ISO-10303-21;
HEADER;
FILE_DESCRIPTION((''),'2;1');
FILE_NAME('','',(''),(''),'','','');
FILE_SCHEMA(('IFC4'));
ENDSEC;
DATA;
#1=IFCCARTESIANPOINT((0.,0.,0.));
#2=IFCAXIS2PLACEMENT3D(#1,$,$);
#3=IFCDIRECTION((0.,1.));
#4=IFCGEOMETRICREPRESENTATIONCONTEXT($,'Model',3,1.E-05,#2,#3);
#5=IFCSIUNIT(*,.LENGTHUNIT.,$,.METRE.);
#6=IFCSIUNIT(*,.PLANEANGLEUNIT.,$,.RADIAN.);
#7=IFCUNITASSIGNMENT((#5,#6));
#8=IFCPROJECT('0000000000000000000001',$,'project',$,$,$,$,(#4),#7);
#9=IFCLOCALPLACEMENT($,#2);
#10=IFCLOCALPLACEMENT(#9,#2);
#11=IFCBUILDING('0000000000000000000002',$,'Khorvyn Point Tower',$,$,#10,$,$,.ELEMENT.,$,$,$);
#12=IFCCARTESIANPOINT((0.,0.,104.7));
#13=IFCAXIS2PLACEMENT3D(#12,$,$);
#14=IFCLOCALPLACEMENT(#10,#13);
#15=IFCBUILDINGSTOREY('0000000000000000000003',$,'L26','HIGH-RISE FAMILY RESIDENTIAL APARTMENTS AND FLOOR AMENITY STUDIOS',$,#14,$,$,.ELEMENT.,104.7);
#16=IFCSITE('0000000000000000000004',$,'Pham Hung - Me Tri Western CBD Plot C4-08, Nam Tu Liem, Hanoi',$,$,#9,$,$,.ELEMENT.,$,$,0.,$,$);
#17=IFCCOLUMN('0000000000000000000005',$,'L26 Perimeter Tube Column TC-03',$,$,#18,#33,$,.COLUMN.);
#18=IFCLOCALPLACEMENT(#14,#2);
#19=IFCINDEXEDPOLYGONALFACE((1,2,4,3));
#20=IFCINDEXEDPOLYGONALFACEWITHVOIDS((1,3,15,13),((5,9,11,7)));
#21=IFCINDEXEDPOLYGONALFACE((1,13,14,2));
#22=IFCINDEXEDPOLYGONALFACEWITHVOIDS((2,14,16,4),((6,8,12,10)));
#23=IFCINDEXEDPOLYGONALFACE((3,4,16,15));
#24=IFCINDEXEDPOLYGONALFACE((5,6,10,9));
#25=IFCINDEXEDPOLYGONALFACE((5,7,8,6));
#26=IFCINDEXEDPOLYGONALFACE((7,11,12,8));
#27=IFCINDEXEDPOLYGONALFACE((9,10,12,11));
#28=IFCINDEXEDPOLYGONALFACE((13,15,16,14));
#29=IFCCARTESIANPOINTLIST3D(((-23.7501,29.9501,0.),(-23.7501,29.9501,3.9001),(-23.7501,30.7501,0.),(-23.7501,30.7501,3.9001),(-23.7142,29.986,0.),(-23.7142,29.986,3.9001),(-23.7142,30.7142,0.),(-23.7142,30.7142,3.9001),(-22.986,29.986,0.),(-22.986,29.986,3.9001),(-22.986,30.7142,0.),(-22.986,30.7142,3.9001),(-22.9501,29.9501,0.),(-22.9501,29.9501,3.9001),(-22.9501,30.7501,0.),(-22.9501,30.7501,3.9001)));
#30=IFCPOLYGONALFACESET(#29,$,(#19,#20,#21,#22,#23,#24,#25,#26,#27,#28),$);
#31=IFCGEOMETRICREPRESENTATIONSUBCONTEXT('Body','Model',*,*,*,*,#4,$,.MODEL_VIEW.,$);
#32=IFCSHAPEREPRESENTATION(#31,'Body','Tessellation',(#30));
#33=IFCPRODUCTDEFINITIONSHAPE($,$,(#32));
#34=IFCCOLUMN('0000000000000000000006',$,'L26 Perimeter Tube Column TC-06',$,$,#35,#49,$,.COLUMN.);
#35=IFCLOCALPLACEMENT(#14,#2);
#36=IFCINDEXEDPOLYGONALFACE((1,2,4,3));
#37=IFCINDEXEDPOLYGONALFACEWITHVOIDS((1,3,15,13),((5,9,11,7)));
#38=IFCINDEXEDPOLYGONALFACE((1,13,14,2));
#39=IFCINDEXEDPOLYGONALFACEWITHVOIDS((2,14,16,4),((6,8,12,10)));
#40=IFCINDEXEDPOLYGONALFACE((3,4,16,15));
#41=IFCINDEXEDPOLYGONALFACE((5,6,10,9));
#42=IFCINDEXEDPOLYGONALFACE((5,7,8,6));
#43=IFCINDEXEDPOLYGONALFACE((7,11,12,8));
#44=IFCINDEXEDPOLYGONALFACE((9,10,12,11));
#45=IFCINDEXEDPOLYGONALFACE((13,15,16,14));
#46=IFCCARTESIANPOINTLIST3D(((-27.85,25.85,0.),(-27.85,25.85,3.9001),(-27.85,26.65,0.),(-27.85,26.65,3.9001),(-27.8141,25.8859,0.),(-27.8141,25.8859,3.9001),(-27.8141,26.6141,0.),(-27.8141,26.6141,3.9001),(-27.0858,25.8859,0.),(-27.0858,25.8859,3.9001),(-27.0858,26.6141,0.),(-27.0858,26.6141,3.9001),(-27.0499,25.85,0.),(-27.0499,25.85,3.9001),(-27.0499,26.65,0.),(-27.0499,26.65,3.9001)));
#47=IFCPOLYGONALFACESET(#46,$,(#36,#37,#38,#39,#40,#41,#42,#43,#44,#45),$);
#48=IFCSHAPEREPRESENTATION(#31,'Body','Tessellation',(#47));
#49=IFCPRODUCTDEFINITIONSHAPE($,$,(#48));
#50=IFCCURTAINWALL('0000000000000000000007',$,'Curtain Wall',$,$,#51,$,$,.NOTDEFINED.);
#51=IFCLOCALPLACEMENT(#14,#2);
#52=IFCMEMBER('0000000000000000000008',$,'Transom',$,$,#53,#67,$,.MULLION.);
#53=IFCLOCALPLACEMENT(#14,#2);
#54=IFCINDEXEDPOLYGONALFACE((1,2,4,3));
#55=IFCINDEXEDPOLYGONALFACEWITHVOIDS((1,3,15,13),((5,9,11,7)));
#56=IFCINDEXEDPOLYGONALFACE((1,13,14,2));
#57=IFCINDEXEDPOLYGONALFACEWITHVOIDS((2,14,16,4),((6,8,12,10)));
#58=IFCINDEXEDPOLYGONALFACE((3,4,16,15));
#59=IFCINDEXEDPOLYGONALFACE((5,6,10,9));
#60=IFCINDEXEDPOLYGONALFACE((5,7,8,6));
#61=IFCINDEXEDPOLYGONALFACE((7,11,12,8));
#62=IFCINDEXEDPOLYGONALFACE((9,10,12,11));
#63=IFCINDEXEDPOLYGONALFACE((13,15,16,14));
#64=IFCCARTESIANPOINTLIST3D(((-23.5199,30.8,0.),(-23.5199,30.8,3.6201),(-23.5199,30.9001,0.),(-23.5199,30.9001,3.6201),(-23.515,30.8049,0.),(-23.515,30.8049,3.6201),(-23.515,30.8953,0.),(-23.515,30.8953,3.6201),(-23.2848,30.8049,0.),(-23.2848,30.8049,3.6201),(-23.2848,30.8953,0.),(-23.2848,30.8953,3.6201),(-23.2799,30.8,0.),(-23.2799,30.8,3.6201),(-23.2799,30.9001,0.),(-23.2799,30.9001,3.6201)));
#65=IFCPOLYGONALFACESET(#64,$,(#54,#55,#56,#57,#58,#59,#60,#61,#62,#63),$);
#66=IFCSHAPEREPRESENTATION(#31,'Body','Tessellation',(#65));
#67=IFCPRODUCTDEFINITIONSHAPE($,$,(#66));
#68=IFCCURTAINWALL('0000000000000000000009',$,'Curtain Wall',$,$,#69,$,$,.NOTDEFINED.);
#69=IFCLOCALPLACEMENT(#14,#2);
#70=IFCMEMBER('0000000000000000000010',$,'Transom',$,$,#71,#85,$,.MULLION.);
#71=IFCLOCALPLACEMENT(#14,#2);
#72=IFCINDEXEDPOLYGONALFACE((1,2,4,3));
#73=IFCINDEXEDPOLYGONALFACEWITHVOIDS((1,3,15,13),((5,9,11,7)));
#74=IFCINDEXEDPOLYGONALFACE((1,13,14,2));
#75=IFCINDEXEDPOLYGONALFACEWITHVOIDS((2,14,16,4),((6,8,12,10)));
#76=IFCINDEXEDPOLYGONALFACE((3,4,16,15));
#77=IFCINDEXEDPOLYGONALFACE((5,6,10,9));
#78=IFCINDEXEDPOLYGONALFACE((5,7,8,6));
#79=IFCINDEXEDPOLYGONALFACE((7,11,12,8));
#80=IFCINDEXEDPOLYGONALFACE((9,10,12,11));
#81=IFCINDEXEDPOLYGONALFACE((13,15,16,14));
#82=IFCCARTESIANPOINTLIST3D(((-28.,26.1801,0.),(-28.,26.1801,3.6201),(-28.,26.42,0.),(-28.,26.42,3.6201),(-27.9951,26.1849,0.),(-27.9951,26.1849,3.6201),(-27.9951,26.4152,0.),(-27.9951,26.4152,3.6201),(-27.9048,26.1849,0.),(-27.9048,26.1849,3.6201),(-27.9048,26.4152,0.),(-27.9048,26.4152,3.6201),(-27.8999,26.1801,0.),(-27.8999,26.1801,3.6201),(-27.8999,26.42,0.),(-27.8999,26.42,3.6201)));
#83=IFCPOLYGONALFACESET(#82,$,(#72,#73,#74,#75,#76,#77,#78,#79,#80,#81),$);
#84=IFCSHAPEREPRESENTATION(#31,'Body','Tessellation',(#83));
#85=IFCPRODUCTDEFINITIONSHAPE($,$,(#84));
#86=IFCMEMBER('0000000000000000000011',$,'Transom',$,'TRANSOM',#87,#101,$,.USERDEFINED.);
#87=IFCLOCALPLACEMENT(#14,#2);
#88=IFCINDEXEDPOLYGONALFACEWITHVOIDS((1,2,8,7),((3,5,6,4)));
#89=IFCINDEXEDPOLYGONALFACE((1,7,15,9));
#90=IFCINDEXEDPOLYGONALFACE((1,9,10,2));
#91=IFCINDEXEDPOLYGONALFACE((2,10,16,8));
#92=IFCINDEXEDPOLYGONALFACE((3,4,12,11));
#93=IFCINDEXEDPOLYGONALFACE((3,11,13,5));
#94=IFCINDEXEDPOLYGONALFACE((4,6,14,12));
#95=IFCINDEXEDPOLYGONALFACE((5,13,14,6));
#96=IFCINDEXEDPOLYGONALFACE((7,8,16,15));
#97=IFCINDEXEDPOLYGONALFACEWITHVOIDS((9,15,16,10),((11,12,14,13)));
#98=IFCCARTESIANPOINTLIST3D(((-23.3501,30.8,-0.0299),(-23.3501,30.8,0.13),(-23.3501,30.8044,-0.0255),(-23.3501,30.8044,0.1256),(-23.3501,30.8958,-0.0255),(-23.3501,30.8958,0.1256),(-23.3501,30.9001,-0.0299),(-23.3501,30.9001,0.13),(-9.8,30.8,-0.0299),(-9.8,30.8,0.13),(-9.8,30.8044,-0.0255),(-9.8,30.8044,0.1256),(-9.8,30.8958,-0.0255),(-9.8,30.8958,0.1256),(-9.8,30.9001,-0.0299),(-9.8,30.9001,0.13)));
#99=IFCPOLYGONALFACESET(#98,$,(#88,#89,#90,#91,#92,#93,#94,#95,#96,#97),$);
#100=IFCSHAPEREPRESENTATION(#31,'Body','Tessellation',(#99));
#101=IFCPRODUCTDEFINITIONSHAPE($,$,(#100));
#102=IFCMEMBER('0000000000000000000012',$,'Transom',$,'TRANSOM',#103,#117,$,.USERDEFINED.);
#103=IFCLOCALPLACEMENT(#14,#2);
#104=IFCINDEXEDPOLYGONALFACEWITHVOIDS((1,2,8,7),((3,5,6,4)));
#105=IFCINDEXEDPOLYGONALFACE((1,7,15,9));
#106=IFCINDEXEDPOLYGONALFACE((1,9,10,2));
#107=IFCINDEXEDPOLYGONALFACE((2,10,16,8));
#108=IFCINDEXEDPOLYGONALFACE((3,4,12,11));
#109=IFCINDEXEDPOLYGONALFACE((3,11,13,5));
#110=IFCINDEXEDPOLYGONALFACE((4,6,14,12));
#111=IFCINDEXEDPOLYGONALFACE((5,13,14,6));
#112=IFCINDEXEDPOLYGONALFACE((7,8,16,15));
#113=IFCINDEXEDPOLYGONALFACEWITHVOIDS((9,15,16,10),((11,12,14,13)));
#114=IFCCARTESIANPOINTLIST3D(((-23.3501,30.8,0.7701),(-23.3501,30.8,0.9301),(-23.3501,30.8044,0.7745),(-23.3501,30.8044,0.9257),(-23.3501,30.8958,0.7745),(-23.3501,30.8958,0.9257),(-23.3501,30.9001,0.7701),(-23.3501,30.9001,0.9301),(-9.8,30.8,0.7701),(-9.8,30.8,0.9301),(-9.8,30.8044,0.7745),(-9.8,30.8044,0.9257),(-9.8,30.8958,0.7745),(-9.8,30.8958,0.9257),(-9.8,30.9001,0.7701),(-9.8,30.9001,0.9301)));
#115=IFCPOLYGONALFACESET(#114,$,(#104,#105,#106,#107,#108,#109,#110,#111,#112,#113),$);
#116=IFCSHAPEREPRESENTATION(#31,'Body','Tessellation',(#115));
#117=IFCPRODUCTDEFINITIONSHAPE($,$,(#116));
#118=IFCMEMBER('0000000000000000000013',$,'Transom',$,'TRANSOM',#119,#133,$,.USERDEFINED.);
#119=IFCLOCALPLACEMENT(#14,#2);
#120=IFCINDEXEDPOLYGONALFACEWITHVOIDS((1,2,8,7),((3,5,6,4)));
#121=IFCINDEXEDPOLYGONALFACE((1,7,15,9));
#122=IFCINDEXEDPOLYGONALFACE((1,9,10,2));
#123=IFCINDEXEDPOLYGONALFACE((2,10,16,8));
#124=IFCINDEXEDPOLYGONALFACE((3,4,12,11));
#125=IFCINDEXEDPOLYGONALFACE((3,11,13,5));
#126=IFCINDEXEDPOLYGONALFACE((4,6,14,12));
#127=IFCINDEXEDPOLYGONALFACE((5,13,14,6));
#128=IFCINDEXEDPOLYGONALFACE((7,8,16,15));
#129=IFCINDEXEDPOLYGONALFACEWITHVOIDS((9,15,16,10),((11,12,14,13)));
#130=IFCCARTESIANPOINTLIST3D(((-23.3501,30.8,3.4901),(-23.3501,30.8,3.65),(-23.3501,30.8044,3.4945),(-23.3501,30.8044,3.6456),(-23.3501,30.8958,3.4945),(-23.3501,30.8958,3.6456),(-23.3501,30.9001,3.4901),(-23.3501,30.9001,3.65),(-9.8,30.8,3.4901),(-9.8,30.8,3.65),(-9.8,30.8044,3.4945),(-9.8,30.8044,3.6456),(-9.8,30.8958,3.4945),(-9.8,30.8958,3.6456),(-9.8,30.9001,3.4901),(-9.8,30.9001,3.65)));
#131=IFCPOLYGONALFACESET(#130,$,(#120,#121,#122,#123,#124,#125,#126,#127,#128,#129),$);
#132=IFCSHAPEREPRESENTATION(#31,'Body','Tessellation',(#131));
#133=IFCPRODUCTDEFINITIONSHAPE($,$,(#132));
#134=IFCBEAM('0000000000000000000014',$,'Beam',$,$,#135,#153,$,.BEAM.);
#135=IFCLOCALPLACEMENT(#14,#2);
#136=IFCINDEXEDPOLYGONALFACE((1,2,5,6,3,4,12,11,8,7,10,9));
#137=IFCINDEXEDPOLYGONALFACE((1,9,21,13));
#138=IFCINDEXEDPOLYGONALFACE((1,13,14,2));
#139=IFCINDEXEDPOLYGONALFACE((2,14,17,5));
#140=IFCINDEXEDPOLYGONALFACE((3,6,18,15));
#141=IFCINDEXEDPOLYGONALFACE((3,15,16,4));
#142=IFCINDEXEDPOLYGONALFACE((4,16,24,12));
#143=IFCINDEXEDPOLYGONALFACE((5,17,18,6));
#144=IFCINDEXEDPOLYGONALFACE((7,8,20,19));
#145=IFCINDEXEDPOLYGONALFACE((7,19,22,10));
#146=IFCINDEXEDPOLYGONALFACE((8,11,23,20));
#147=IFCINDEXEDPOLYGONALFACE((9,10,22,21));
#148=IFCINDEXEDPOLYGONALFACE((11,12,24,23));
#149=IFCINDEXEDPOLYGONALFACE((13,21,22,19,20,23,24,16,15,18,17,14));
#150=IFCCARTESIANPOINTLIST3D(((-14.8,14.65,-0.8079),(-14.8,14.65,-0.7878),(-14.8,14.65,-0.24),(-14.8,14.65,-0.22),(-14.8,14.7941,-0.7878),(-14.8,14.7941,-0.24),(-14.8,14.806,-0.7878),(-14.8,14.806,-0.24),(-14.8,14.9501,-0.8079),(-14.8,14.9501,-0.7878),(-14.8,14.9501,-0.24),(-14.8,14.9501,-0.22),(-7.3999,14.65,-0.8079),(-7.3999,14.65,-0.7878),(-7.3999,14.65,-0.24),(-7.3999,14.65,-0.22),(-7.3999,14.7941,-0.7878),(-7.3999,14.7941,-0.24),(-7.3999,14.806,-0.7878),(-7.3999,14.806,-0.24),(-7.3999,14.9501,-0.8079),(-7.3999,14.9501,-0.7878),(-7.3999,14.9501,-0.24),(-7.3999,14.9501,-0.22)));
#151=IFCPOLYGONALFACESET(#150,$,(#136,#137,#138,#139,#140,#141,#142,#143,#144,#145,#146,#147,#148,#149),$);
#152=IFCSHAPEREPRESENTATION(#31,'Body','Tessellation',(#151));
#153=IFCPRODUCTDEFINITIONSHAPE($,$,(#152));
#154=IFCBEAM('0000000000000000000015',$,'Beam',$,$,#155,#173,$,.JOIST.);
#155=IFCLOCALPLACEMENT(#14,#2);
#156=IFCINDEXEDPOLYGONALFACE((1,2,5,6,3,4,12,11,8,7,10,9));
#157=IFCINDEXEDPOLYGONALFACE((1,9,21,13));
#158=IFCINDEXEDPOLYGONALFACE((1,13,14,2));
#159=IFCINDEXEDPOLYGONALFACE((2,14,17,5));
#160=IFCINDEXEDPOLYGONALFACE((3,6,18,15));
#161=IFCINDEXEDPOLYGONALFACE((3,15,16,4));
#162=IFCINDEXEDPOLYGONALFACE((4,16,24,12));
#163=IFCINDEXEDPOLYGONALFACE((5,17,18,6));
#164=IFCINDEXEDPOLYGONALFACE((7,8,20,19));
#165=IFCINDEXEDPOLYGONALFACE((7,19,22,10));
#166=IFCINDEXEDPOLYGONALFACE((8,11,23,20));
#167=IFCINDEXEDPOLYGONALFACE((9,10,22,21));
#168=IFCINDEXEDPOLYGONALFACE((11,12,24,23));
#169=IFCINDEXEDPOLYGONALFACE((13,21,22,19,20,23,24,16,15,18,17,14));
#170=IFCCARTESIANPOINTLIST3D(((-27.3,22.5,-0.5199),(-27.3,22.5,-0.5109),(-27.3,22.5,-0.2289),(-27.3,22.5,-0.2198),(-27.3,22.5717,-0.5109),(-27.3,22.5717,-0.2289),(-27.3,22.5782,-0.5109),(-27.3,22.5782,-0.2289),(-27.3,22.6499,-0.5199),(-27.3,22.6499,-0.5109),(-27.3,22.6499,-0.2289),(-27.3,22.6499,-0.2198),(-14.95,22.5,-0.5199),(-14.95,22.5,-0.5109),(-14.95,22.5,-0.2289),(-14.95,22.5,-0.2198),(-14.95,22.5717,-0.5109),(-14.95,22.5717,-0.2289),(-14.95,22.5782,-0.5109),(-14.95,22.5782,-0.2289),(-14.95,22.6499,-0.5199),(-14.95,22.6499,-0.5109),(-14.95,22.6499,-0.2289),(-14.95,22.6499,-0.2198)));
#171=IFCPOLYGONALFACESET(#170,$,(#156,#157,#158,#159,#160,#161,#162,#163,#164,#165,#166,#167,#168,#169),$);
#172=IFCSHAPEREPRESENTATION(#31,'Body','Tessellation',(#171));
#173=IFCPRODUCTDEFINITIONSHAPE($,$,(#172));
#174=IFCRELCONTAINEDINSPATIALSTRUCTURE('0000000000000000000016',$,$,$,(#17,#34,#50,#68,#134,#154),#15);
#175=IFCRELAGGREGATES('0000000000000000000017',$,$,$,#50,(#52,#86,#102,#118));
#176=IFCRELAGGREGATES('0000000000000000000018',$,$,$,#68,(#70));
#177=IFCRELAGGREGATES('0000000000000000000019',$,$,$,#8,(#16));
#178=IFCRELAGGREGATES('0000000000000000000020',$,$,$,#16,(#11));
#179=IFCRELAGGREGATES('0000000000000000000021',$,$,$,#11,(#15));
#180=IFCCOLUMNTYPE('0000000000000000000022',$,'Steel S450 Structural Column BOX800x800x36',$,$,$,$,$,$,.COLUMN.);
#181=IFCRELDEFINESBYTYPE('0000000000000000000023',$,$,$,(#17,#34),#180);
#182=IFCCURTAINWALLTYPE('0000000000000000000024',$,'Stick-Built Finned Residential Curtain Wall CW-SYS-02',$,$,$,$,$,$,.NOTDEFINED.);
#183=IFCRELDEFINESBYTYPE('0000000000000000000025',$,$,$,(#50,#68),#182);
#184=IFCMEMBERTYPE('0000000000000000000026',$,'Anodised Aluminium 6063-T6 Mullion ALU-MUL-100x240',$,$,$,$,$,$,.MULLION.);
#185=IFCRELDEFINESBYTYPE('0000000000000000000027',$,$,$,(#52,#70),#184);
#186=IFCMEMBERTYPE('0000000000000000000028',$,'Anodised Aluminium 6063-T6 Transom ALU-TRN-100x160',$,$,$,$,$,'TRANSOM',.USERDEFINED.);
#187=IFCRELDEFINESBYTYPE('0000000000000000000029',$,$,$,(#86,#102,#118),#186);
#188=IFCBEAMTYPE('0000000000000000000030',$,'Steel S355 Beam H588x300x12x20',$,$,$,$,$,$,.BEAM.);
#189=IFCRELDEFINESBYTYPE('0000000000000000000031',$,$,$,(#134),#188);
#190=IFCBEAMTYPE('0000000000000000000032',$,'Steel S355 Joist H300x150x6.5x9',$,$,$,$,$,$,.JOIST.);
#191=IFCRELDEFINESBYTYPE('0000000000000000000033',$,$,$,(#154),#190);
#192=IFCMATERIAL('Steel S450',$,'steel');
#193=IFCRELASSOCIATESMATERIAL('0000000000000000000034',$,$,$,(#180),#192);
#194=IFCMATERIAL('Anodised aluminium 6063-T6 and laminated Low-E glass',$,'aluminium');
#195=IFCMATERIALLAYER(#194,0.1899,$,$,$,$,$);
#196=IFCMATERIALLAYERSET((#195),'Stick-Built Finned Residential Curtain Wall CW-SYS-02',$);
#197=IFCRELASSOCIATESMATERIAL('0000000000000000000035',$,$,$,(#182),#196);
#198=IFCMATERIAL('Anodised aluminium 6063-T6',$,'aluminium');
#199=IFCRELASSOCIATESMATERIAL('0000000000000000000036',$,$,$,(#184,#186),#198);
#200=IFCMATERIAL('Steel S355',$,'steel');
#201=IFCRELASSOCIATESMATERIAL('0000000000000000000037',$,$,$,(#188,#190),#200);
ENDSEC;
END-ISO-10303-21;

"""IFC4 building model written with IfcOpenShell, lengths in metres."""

from ifc_helpers import new_model, si_unit, direction, frame, origin, origin_2d, place, context, subcontext, project, spatial, hollow_rectangle, i_section, extrude, material, layer, layer_set, material_profile, profile_set, type_object, element, aggregate, save


model = new_model("IFC4")

# Units and contexts
model_context = context("Model", 3, precision=1e-05, world=origin(), true_north=direction((0.0, 1.0)))
body_context = subcontext(model_context, "Body", "Model", "MODEL_VIEW")
ifc_project = project(units=[si_unit("LENGTHUNIT", "METRE"), si_unit("PLANEANGLEUNIT", "RADIAN")], contexts=[model_context])

# Site, building, storey
site_placement = place(None, origin())
site = spatial("IfcSite", under=ifc_project, at=site_placement, Name="Pham Hung - Me Tri Western CBD Plot C4-08, Nam Tu Liem, Hanoi", CompositionType="ELEMENT", RefElevation=0.0)
building_placement = place(site_placement, origin())
building = spatial("IfcBuilding", under=site, at=building_placement, Name="Khorvyn Point Tower", CompositionType="ELEMENT")
storey_placement = place(building_placement, frame((0.0, 0.0, 104.7)))
storey = spatial("IfcBuildingStorey", under=building, at=storey_placement, Name="L26", Description="HIGH-RISE FAMILY RESIDENTIAL APARTMENTS AND FLOOR AMENITY STUDIOS", CompositionType="ELEMENT", Elevation=104.7)

# Columns
ifc_material_1 = material(Name="Steel S450", Category="steel")
ifc_material_profile_1 = material_profile(ifc_material_1, hollow_rectangle(XDim=0.8, YDim=0.8, WallThickness=0.0359, at=origin_2d()))
ifc_profile_set_1 = profile_set([ifc_material_profile_1], Name="Steel S450 BOX800x800x36")
column_type = type_object("IfcColumnType", Name="Steel S450 Structural Column BOX800x800x36", PredefinedType="COLUMN", material=ifc_profile_set_1)
for number, where, z_axis, x_axis, name in (
    (1, (-23.3501, 30.3501, 0.0), (0.0, 0.0, 1.0), (1.0, 0.0, 0.0), "L26 Perimeter Tube Column TC-03"),
    (2, (-27.45, 26.25, 0.0), (0.0, 0.0, 1.0), (1.0, 0.0, 0.0), "L26 Perimeter Tube Column TC-06"),
):
    element("IfcColumn", number, at=place(storey_placement, frame(where, z_axis=z_axis, x_axis=x_axis)), inside=storey, type_object=column_type, Name=name, PredefinedType="COLUMN", context=body_context, shape_type="SweptSolid", body=[
        extrude(hollow_rectangle(XDim=0.8, YDim=0.8, WallThickness=0.0359, at=origin_2d()), origin(), (0.0, 0.0, 1.0), 3.9001),
    ])

# Curtain walls, members
ifc_material_2 = material(Name="Anodised aluminium 6063-T6 and laminated Low-E glass", Category="aluminium")
ifc_layer_1 = layer(ifc_material_2, 0.1899)
ifc_layer_set_1 = layer_set([ifc_layer_1], Name="Stick-Built Finned Residential Curtain Wall CW-SYS-02")
curtain_wall_type = type_object("IfcCurtainWallType", Name="Stick-Built Finned Residential Curtain Wall CW-SYS-02", PredefinedType="NOTDEFINED", material=ifc_layer_set_1)
curtain_wall_1_placement = place(storey_placement, origin())
curtain_wall_1 = element("IfcCurtainWall", 3, at=curtain_wall_1_placement, inside=storey, type_object=curtain_wall_type, Name="Curtain Wall", PredefinedType="NOTDEFINED")
ifc_material_3 = material(Name="Anodised aluminium 6063-T6", Category="aluminium")
ifc_material_profile_2 = material_profile(ifc_material_3, hollow_rectangle(XDim=0.1001, YDim=0.24, WallThickness=0.0049, at=origin_2d()))
ifc_profile_set_2 = profile_set([ifc_material_profile_2], Name="Anodised aluminium 6063-T6 ALU-MUL-100x240")
member_type_1 = type_object("IfcMemberType", Name="Anodised Aluminium 6063-T6 Mullion ALU-MUL-100x240", PredefinedType="MULLION", material=ifc_profile_set_2)
member_1_placement = place(storey_placement, frame((-23.3999, 30.8501, 0.0), z_axis=(0.0, 0.0, 1.0), x_axis=(0.0, 1.0, 0.0)))
member_1 = element("IfcMember", 4, at=member_1_placement, type_object=member_type_1, Name="Transom", PredefinedType="MULLION", context=body_context, shape_type="SweptSolid", body=[
    extrude(hollow_rectangle(XDim=0.1001, YDim=0.24, WallThickness=0.0049, at=origin_2d()), origin(), (0.0, 0.0, 1.0), 3.6201),
])
curtain_wall_2_placement = place(storey_placement, origin())
curtain_wall_2 = element("IfcCurtainWall", 5, at=curtain_wall_2_placement, inside=storey, type_object=curtain_wall_type, Name="Curtain Wall", PredefinedType="NOTDEFINED")
member_2_placement = place(storey_placement, frame((-27.95, 26.3, 0.0), z_axis=(0.0, 0.0, 1.0), x_axis=(-1.0, 0.0, 0.0)))
member_2 = element("IfcMember", 6, at=member_2_placement, type_object=member_type_1, Name="Transom", PredefinedType="MULLION", context=body_context, shape_type="SweptSolid", body=[
    extrude(hollow_rectangle(XDim=0.1001, YDim=0.24, WallThickness=0.0049, at=origin_2d()), origin(), (0.0, 0.0, 1.0), 3.6201),
])

# Members
ifc_material_profile_3 = material_profile(ifc_material_3, hollow_rectangle(XDim=0.1001, YDim=0.1599, WallThickness=0.0044, at=origin_2d()))
ifc_profile_set_3 = profile_set([ifc_material_profile_3], Name="Anodised aluminium 6063-T6 ALU-TRN-100x160")
member_type_2 = type_object("IfcMemberType", Name="Anodised Aluminium 6063-T6 Transom ALU-TRN-100x160", ElementType="TRANSOM", PredefinedType="USERDEFINED", material=ifc_profile_set_3)
member_3_placement = place(storey_placement, frame((-23.3501, 30.8501, 0.05), z_axis=(1.0, 0.0, 0.0), x_axis=(0.0, 1.0, 0.0)))
member_3 = element("IfcMember", 7, at=member_3_placement, type_object=member_type_2, Name="Transom", ObjectType="TRANSOM", PredefinedType="USERDEFINED", context=body_context, shape_type="SweptSolid", body=[
    extrude(hollow_rectangle(XDim=0.1001, YDim=0.1599, WallThickness=0.0044, at=origin_2d()), origin(), (0.0, 0.0, 1.0), 13.55),
])
member_4_placement = place(storey_placement, frame((-23.3501, 30.8501, 0.8501), z_axis=(1.0, 0.0, 0.0), x_axis=(0.0, 1.0, 0.0)))
member_4 = element("IfcMember", 8, at=member_4_placement, type_object=member_type_2, Name="Transom", ObjectType="TRANSOM", PredefinedType="USERDEFINED", context=body_context, shape_type="SweptSolid", body=[
    extrude(hollow_rectangle(XDim=0.1001, YDim=0.1599, WallThickness=0.0044, at=origin_2d()), origin(), (0.0, 0.0, 1.0), 13.55),
])
member_5_placement = place(storey_placement, frame((-23.3501, 30.8501, 3.5701), z_axis=(1.0, 0.0, 0.0), x_axis=(0.0, 1.0, 0.0)))
member_5 = element("IfcMember", 9, at=member_5_placement, type_object=member_type_2, Name="Transom", ObjectType="TRANSOM", PredefinedType="USERDEFINED", context=body_context, shape_type="SweptSolid", body=[
    extrude(hollow_rectangle(XDim=0.1001, YDim=0.1599, WallThickness=0.0044, at=origin_2d()), origin(), (0.0, 0.0, 1.0), 13.55),
])

# Beams
ifc_material_4 = material(Name="Steel S355", Category="steel")
ifc_material_profile_4 = material_profile(ifc_material_4, i_section(OverallWidth=0.3, OverallDepth=0.5879, WebThickness=0.012, FlangeThickness=0.02, at=origin_2d()))
ifc_profile_set_4 = profile_set([ifc_material_profile_4], Name="Steel S355 H588x300x12x20")
beam_type_1 = type_object("IfcBeamType", Name="Steel S355 Beam H588x300x12x20", PredefinedType="BEAM", material=ifc_profile_set_4)
beam_1_placement = place(storey_placement, frame((-14.8, 14.8, -0.5139), z_axis=(1.0, 0.0, 0.0), x_axis=(0.0, 1.0, 0.0)))
element("IfcBeam", 10, at=beam_1_placement, inside=storey, type_object=beam_type_1, Name="Beam", PredefinedType="BEAM", context=body_context, shape_type="SweptSolid", body=[
    extrude(i_section(OverallWidth=0.3, OverallDepth=0.5879, WebThickness=0.012, FlangeThickness=0.02, at=origin_2d()), origin(), (0.0, 0.0, 1.0), 7.4001),
])
ifc_material_profile_5 = material_profile(ifc_material_4, i_section(OverallWidth=0.1499, OverallDepth=0.3, WebThickness=0.0066, FlangeThickness=0.009, at=origin_2d()))
ifc_profile_set_5 = profile_set([ifc_material_profile_5], Name="Steel S355 H300x150x6.5x9")
beam_type_2 = type_object("IfcBeamType", Name="Steel S355 Joist H300x150x6.5x9", PredefinedType="JOIST", material=ifc_profile_set_5)
beam_2_placement = place(storey_placement, frame((-27.3, 22.575, -0.3699), z_axis=(1.0, 0.0, 0.0), x_axis=(0.0, 1.0, 0.0)))
element("IfcBeam", 11, at=beam_2_placement, inside=storey, type_object=beam_type_2, Name="Beam", PredefinedType="JOIST", context=body_context, shape_type="SweptSolid", body=[
    extrude(i_section(OverallWidth=0.1499, OverallDepth=0.3, WebThickness=0.0066, FlangeThickness=0.009, at=origin_2d()), origin(), (0.0, 0.0, 1.0), 12.3501),
])

aggregate(curtain_wall_1, [member_1, member_3, member_4, member_5])
aggregate(curtain_wall_2, [member_2])

save(model, "model.ifc")
